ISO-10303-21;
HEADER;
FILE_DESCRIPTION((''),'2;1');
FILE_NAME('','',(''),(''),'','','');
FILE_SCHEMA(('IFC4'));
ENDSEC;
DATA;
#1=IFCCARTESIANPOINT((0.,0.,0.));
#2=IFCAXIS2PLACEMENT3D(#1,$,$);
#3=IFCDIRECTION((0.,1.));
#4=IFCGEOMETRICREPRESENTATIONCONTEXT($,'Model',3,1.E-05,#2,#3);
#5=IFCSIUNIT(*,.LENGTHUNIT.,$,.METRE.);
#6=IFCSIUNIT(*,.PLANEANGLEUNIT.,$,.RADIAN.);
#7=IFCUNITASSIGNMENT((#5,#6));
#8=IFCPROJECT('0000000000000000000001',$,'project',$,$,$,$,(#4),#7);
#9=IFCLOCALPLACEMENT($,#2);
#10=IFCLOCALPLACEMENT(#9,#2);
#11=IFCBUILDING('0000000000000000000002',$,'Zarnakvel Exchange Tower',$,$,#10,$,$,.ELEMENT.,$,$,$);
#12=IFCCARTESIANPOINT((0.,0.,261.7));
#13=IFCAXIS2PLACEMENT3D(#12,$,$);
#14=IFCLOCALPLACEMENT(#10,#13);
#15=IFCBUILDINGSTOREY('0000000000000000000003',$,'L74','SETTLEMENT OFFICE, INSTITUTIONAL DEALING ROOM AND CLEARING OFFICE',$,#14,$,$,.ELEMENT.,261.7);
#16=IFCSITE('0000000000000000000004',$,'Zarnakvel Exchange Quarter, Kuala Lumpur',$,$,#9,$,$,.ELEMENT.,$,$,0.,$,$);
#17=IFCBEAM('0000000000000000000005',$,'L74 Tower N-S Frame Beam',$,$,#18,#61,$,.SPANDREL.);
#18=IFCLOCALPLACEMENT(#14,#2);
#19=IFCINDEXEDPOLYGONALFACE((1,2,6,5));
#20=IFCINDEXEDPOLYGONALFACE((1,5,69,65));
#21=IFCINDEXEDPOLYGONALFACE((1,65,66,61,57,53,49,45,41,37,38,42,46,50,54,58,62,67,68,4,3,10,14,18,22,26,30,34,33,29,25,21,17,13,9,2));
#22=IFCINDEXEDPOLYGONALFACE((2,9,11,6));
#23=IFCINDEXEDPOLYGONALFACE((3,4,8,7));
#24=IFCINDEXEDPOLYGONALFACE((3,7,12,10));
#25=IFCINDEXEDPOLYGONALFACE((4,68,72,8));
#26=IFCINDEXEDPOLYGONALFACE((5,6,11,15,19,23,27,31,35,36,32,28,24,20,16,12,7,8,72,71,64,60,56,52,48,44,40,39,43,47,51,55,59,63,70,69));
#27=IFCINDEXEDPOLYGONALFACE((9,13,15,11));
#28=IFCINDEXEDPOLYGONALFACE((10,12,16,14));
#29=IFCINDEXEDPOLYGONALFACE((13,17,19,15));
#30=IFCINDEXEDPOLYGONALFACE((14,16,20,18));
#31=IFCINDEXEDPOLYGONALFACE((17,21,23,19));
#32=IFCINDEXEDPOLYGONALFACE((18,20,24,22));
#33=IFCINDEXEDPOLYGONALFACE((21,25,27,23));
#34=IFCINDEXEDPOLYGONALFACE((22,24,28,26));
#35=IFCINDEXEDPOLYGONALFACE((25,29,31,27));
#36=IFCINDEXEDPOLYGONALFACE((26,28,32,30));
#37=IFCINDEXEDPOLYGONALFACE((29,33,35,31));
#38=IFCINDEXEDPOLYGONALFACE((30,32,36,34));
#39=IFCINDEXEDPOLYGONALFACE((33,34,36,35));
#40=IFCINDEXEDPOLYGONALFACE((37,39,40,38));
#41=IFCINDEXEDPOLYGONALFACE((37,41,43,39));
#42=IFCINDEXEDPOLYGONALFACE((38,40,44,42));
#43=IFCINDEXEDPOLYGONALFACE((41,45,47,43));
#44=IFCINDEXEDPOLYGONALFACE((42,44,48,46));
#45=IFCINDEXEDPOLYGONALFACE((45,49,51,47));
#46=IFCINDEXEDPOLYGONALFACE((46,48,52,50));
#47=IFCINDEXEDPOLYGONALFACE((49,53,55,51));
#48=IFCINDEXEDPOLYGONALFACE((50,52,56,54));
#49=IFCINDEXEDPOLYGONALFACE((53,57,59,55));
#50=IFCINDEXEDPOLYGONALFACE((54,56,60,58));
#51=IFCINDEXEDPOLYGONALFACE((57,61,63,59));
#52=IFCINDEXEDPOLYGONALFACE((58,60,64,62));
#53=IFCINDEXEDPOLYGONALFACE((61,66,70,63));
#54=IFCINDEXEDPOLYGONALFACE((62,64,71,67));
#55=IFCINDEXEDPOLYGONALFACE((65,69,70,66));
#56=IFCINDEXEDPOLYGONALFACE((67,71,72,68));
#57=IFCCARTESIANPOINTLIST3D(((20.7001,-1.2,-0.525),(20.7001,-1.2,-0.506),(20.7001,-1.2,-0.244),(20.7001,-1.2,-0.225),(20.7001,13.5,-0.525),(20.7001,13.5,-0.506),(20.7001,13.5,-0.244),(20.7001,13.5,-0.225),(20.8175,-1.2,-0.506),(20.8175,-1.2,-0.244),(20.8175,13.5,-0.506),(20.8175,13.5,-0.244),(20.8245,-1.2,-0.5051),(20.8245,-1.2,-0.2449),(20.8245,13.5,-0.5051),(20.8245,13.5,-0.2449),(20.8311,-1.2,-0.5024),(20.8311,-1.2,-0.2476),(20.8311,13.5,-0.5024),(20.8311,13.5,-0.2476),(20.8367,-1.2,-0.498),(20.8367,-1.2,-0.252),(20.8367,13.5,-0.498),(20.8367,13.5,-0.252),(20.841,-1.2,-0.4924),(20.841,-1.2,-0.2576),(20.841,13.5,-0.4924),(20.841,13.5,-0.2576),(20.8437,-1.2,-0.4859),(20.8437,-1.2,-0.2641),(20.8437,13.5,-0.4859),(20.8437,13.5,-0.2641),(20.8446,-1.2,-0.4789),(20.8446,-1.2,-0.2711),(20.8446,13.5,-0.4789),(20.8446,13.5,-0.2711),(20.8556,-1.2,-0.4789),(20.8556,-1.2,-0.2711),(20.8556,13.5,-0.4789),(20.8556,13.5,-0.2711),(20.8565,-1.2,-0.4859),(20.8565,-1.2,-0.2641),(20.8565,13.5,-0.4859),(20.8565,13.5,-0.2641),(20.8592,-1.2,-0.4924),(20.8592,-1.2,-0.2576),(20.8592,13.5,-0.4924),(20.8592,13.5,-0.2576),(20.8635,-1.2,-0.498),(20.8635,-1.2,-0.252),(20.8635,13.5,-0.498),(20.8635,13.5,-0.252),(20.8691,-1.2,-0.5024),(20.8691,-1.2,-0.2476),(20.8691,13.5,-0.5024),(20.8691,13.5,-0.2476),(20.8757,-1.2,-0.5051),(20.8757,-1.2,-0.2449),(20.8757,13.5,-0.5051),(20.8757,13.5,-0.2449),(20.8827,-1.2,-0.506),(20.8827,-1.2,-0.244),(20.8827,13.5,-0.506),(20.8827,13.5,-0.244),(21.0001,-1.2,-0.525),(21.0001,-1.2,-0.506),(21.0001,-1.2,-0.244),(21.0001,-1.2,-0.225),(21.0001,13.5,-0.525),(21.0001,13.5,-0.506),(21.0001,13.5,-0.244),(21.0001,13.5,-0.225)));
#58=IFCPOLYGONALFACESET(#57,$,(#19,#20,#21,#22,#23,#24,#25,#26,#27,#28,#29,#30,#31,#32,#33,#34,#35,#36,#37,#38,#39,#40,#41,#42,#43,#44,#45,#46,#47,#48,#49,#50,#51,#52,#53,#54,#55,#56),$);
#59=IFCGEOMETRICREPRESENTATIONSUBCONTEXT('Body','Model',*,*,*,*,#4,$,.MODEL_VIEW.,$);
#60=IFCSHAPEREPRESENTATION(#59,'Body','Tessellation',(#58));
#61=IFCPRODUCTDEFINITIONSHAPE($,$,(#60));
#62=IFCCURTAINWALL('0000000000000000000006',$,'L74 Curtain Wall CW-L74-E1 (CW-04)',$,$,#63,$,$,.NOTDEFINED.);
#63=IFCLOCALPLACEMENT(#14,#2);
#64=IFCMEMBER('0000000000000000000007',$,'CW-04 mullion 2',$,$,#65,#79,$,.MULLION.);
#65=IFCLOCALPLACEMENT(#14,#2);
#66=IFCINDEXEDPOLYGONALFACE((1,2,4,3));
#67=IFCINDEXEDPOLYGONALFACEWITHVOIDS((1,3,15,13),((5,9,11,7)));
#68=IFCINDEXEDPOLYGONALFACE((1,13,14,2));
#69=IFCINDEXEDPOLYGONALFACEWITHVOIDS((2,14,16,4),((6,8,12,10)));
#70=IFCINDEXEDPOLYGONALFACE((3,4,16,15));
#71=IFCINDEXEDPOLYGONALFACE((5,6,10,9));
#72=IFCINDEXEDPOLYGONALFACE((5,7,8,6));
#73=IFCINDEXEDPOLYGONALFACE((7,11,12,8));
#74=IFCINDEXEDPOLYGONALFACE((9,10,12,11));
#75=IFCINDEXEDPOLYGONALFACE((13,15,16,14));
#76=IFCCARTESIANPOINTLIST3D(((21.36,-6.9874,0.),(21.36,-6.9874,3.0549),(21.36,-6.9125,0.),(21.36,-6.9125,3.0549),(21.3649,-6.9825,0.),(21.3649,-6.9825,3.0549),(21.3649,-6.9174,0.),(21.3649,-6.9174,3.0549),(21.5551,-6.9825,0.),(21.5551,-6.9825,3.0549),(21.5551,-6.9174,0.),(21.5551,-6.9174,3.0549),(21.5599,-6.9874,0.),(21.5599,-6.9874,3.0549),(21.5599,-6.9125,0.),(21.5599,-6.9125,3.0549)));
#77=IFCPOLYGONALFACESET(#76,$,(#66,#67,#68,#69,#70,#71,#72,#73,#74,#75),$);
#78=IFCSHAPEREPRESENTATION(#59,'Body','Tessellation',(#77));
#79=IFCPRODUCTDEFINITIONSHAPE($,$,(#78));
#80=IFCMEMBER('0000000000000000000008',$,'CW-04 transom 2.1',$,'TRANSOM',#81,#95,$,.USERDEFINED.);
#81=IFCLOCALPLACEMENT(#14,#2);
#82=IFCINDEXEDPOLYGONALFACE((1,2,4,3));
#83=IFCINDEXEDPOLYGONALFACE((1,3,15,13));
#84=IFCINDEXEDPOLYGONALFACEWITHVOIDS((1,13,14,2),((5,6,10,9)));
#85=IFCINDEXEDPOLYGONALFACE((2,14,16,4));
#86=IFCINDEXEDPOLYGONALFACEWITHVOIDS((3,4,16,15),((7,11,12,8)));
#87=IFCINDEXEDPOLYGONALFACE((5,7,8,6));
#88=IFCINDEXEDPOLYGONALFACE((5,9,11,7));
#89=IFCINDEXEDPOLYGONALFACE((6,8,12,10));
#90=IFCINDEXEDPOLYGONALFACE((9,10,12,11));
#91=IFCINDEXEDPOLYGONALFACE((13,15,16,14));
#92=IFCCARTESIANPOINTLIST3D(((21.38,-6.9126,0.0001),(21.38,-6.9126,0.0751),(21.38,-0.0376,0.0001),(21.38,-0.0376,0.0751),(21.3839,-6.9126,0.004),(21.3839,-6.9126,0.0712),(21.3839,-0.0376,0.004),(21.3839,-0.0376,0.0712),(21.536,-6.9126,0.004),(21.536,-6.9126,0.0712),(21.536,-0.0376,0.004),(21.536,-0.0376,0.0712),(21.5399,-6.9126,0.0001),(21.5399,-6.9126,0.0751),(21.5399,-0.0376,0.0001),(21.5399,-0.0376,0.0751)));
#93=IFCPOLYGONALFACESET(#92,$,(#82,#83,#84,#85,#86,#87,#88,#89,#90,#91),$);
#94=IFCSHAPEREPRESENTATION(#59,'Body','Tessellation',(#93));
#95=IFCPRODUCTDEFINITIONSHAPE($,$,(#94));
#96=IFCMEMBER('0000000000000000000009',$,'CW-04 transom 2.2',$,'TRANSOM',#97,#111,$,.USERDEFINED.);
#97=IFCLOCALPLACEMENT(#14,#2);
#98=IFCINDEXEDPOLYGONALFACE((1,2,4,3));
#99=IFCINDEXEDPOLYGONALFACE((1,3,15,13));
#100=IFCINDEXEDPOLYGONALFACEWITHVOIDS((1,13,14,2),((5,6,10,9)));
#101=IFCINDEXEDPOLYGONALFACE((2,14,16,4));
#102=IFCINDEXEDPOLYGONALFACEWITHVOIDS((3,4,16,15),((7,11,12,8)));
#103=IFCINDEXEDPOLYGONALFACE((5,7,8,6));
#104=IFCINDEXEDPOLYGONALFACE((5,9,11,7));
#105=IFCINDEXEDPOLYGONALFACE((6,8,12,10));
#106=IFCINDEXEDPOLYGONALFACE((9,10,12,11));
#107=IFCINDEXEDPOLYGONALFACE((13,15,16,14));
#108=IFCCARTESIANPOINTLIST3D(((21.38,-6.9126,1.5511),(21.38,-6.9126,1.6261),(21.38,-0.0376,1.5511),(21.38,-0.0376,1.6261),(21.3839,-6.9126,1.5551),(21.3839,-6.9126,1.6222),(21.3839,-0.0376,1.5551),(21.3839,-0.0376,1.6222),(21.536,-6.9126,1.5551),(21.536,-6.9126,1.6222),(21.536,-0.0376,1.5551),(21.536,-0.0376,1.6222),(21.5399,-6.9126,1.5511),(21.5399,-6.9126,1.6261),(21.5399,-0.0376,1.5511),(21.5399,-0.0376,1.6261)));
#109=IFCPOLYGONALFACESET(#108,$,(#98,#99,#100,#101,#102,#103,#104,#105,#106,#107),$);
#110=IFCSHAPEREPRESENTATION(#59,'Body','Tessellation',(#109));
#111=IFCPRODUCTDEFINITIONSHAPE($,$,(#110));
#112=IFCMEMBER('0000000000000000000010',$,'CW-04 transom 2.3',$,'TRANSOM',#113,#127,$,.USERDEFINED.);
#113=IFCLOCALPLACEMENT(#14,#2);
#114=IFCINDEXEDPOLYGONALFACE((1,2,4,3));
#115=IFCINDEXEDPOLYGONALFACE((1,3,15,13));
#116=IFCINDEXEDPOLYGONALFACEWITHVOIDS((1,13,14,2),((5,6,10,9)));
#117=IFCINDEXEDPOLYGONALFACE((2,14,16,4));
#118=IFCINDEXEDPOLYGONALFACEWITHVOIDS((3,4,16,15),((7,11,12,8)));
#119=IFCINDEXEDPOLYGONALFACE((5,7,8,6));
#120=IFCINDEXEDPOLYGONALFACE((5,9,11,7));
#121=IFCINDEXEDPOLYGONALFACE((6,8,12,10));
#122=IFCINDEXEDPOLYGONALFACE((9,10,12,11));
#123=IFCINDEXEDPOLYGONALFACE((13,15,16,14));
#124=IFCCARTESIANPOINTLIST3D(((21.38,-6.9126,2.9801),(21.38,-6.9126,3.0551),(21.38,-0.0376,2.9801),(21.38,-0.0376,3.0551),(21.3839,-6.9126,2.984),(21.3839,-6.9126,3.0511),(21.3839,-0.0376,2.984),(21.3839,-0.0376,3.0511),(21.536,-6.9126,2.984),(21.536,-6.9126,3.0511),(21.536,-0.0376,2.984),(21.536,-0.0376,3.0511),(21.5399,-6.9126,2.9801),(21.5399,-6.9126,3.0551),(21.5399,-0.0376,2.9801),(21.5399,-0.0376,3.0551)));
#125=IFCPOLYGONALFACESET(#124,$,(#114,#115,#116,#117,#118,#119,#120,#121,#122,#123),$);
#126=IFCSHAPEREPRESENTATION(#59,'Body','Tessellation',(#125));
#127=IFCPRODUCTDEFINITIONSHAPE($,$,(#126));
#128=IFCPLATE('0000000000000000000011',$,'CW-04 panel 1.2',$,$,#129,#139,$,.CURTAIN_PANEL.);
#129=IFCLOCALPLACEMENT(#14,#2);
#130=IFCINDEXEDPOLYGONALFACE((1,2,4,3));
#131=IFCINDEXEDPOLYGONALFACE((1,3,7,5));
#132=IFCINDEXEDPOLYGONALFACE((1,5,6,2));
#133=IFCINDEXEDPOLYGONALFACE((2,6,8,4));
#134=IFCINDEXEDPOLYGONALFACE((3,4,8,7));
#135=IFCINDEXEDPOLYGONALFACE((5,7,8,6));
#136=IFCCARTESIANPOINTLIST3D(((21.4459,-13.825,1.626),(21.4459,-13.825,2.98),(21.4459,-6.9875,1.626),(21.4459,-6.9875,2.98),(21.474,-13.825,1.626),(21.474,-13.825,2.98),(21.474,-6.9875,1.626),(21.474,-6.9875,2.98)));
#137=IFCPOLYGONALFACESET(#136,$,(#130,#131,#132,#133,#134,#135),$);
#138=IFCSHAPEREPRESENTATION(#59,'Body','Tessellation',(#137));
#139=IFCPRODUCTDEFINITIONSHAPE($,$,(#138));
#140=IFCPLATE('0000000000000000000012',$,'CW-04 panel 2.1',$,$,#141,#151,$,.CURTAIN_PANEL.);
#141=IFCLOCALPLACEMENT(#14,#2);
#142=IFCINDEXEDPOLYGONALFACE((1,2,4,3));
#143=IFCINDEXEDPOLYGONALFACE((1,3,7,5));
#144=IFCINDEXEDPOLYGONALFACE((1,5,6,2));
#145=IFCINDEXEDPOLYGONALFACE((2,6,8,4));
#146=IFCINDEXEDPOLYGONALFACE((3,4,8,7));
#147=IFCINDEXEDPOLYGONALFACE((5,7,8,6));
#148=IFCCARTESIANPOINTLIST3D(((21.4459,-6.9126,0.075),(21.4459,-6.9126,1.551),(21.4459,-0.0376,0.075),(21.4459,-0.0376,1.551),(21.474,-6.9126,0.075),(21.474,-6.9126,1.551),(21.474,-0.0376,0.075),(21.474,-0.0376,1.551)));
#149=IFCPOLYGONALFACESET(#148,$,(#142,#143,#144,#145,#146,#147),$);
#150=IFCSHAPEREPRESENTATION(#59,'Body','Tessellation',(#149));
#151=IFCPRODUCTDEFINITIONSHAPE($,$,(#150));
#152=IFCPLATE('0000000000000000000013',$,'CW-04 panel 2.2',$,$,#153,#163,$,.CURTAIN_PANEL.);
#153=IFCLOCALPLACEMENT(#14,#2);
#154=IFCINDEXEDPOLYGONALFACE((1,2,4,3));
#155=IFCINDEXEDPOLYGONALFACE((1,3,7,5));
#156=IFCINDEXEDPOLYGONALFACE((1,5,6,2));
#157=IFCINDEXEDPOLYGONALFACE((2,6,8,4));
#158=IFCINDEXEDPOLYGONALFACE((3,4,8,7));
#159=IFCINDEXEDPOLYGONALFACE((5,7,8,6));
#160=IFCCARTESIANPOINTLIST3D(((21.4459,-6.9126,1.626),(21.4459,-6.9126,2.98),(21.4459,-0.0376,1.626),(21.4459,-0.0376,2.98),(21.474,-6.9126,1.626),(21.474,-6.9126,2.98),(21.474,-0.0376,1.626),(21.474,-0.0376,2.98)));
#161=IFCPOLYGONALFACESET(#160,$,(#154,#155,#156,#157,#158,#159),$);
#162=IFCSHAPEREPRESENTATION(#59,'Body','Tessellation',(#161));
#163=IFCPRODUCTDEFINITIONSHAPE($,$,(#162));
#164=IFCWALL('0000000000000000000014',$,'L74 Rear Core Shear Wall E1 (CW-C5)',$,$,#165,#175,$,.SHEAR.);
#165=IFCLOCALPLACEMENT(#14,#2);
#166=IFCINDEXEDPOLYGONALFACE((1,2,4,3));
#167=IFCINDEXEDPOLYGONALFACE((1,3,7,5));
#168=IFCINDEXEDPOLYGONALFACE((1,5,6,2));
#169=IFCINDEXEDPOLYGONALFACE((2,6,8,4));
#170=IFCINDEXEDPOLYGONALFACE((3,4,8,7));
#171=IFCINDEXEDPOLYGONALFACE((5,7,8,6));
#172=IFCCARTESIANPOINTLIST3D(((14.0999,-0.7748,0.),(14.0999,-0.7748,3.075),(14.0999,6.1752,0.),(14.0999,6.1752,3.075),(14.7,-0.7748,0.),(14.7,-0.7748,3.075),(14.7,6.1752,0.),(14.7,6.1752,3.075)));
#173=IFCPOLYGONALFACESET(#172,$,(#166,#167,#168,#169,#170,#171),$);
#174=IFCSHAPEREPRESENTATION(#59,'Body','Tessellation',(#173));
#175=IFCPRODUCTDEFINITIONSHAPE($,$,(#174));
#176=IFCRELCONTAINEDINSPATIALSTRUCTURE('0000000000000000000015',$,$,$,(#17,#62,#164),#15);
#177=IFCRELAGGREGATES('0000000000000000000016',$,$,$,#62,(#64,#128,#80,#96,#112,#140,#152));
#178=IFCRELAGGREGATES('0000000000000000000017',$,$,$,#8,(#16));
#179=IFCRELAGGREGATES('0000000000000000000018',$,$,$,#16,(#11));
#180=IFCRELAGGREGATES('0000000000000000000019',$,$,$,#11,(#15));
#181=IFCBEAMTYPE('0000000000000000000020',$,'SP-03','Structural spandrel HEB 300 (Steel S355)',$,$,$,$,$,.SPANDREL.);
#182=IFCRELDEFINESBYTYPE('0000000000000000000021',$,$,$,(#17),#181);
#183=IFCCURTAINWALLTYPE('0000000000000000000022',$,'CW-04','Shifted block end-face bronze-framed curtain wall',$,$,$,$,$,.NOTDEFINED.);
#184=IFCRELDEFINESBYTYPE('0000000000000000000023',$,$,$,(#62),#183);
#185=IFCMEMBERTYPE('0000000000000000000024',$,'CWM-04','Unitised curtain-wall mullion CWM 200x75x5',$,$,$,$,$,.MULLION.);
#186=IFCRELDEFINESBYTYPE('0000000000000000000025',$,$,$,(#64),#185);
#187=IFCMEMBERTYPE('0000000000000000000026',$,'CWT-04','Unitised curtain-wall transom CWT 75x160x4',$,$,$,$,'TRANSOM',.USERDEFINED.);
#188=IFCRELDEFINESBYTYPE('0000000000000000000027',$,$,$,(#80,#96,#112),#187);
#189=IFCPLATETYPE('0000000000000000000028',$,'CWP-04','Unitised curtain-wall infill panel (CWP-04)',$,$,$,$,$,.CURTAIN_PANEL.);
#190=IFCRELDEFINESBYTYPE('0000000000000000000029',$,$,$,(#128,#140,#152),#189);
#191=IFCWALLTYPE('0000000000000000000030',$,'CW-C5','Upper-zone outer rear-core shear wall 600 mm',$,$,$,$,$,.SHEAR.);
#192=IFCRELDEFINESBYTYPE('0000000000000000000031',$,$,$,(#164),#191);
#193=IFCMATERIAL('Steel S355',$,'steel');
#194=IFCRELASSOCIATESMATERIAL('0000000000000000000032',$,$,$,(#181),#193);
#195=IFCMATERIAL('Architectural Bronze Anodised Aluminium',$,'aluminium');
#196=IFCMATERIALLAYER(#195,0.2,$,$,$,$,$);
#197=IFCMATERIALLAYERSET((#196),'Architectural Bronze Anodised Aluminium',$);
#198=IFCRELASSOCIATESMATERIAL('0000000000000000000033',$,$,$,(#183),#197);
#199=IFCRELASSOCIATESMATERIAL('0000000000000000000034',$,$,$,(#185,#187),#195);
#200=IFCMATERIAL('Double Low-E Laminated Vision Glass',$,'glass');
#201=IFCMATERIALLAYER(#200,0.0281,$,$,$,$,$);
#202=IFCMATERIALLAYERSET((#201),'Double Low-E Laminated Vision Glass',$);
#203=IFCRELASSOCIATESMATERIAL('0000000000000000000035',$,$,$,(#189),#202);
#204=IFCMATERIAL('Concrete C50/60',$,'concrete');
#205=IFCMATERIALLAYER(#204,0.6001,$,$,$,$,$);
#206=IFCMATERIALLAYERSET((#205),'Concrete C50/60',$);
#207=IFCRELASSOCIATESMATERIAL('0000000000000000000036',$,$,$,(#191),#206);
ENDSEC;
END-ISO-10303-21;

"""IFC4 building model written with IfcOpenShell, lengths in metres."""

from ifc_helpers import new_model, si_unit, direction, frame, frame_2d, origin, origin_2d, place, context, subcontext, project, spatial, rectangle, hollow_rectangle, i_section, extrude, source, transform, mapped, material, layer, layer_set, material_profile, profile_set, type_object, element, aggregate, save


model = new_model("IFC4")

# Units and contexts
model_context = context("Model", 3, precision=1e-05, world=origin(), true_north=direction((0.0, 1.0)))
body_context = subcontext(model_context, "Body", "Model", "MODEL_VIEW")
ifc_project = project(units=[si_unit("LENGTHUNIT", "METRE"), si_unit("PLANEANGLEUNIT", "RADIAN")], contexts=[model_context])

# Site, building, storey
site_placement = place(None, origin())
site = spatial("IfcSite", under=ifc_project, at=site_placement, Name="Zarnakvel Exchange Quarter, Kuala Lumpur", CompositionType="ELEMENT", RefElevation=0.0)
building_placement = place(site_placement, origin())
building = spatial("IfcBuilding", under=site, at=building_placement, Name="Zarnakvel Exchange Tower", CompositionType="ELEMENT")
storey_placement = place(building_placement, frame((0.0, 0.0, 261.7)))
storey = spatial("IfcBuildingStorey", under=building, at=storey_placement, Name="L74", Description="SETTLEMENT OFFICE, INSTITUTIONAL DEALING ROOM AND CLEARING OFFICE", CompositionType="ELEMENT", Elevation=261.7)

# Shared definitions
ifc_material_1 = material(Name="Concrete C50/60", Category="concrete")
ifc_material_2 = material(Name="Steel S355", Category="steel")

# Beam
ifc_material_profile_1 = material_profile(ifc_material_2, i_section(OverallWidth=0.3, OverallDepth=0.3, WebThickness=0.011, FlangeThickness=0.019, FilletRadius=0.0271, at=origin_2d()))
ifc_profile_set_1 = profile_set([ifc_material_profile_1], Name="Steel S355")
beam_type_1 = type_object("IfcBeamType", Name="SP-03", Description="Structural spandrel HEB 300 (Steel S355)", PredefinedType="SPANDREL", material=ifc_profile_set_1)
beam_1_placement = place(storey_placement, frame((20.8501, -1.2, -0.375), z_axis=(0.0, 1.0, 0.0), x_axis=(-1.0, 0.0, 0.0)))
element("IfcBeam", 1, at=beam_1_placement, inside=storey, type_object=beam_type_1, Name="L74 Tower N-S Frame Beam", PredefinedType="SPANDREL", context=body_context, shape_type="SweptSolid", body=[
    extrude(i_section(OverallWidth=0.3, OverallDepth=0.3, WebThickness=0.011, FlangeThickness=0.019, FilletRadius=0.0271, at=origin_2d()), origin(), (0.0, 0.0, 1.0), 14.7),
])

# Curtain wall, members, plates
ifc_material_3 = material(Name="Architectural Bronze Anodised Aluminium", Category="aluminium")
ifc_layer_1 = layer(ifc_material_3, 0.2)
ifc_layer_set_1 = layer_set([ifc_layer_1], Name="Architectural Bronze Anodised Aluminium")
curtain_wall_type = type_object("IfcCurtainWallType", Name="CW-04", Description="Shifted block end-face bronze-framed curtain wall", PredefinedType="NOTDEFINED", material=ifc_layer_set_1)
curtain_wall_placement = place(storey_placement, origin())
curtain_wall = element("IfcCurtainWall", 2, at=curtain_wall_placement, inside=storey, type_object=curtain_wall_type, Name="L74 Curtain Wall CW-L74-E1 (CW-04)", PredefinedType="NOTDEFINED")
ifc_material_profile_2 = material_profile(ifc_material_3, hollow_rectangle(XDim=0.2, YDim=0.075, WallThickness=0.0049, at=origin_2d()))
ifc_profile_set_2 = profile_set([ifc_material_profile_2], Name="Architectural Bronze Anodised Aluminium")
member_type_1 = type_object("IfcMemberType", Name="CWM-04", Description="Unitised curtain-wall mullion CWM 200x75x5", PredefinedType="MULLION", material=ifc_profile_set_2)
shared_shape_1 = source(origin(), body_context, "Body", "SweptSolid", [
    extrude(hollow_rectangle(XDim=0.2, YDim=0.075, WallThickness=0.0049, at=origin_2d()), origin(), (0.0, 0.0, 1.0), 3.0549),
])
member_1_placement = place(storey_placement, frame((21.46, -6.95, 0.0), z_axis=(0.0, 0.0, 1.0), x_axis=(-1.0, 0.0, 0.0)))
member_1 = element("IfcMember", 3, at=member_1_placement, type_object=member_type_1, Name="CW-04 mullion 2", PredefinedType="MULLION", context=body_context, shape_type="MappedRepresentation", body=[
    mapped(shared_shape_1, transform((0.0, 0.0, 0.0), x_axis=(1.0, 0.0, 0.0), y_axis=(0.0, 1.0, 0.0), z_axis=(0.0, 0.0, 1.0), scale=1.0)),
])
ifc_material_profile_3 = material_profile(ifc_material_3, hollow_rectangle(XDim=0.1599, YDim=0.075, WallThickness=0.0039, at=origin_2d()))
ifc_profile_set_3 = profile_set([ifc_material_profile_3], Name="Architectural Bronze Anodised Aluminium")
member_type_2 = type_object("IfcMemberType", Name="CWT-04", Description="Unitised curtain-wall transom CWT 75x160x4", ElementType="TRANSOM", PredefinedType="USERDEFINED", material=ifc_profile_set_3)
shared_shape_2 = source(origin(), body_context, "Body", "SweptSolid", [
    extrude(hollow_rectangle(XDim=0.1599, YDim=0.075, WallThickness=0.0039, at=origin_2d()), origin(), (0.0, 0.0, 1.0), 6.875),
])
member_2_placement = place(storey_placement, frame((21.46, -6.9126, 0.0376), z_axis=(0.0, 1.0, 0.0), x_axis=(-1.0, 0.0, 0.0)))
member_2 = element("IfcMember", 4, at=member_2_placement, type_object=member_type_2, Name="CW-04 transom 2.1", ObjectType="TRANSOM", PredefinedType="USERDEFINED", context=body_context, shape_type="MappedRepresentation", body=[
    mapped(shared_shape_2, transform((0.0, 0.0, 0.0), x_axis=(1.0, 0.0, 0.0), y_axis=(0.0, 1.0, 0.0), z_axis=(0.0, 0.0, 1.0), scale=1.0)),
])
member_3_placement = place(storey_placement, frame((21.46, -6.9126, 1.5886), z_axis=(0.0, 1.0, 0.0), x_axis=(-1.0, 0.0, 0.0)))
member_3 = element("IfcMember", 5, at=member_3_placement, type_object=member_type_2, Name="CW-04 transom 2.2", ObjectType="TRANSOM", PredefinedType="USERDEFINED", context=body_context, shape_type="MappedRepresentation", body=[
    mapped(shared_shape_2, transform((0.0, 0.0, 0.0), x_axis=(1.0, 0.0, 0.0), y_axis=(0.0, 1.0, 0.0), z_axis=(0.0, 0.0, 1.0), scale=1.0)),
])
member_4_placement = place(storey_placement, frame((21.46, -6.9126, 3.0176), z_axis=(0.0, 1.0, 0.0), x_axis=(-1.0, 0.0, 0.0)))
member_4 = element("IfcMember", 6, at=member_4_placement, type_object=member_type_2, Name="CW-04 transom 2.3", ObjectType="TRANSOM", PredefinedType="USERDEFINED", context=body_context, shape_type="MappedRepresentation", body=[
    mapped(shared_shape_2, transform((0.0, 0.0, 0.0), x_axis=(1.0, 0.0, 0.0), y_axis=(0.0, 1.0, 0.0), z_axis=(0.0, 0.0, 1.0), scale=1.0)),
])
ifc_material_4 = material(Name="Double Low-E Laminated Vision Glass", Category="glass")
ifc_layer_2 = layer(ifc_material_4, 0.0281)
ifc_layer_set_2 = layer_set([ifc_layer_2], Name="Double Low-E Laminated Vision Glass")
plate_type = type_object("IfcPlateType", Name="CWP-04", Description="Unitised curtain-wall infill panel (CWP-04)", PredefinedType="CURTAIN_PANEL", material=ifc_layer_set_2)
shared_shape_3 = source(origin(), body_context, "Body", "SweptSolid", [
    extrude(rectangle(XDim=6.8374, YDim=0.0281, at=origin_2d()), origin(), (0.0, 0.0, 1.0), 1.354),
])
plate_1_placement = place(storey_placement, frame((21.46, -10.4062, 1.626), z_axis=(0.0, 0.0, 1.0), x_axis=(0.0, 1.0, 0.0)))
plate_1 = element("IfcPlate", 7, at=plate_1_placement, type_object=plate_type, Name="CW-04 panel 1.2", PredefinedType="CURTAIN_PANEL", context=body_context, shape_type="MappedRepresentation", body=[
    mapped(shared_shape_3, transform((0.0, 0.0, 0.0), x_axis=(1.0, 0.0, 0.0), y_axis=(0.0, 1.0, 0.0), z_axis=(0.0, 0.0, 1.0), scale=1.0)),
])
shared_shape_4 = source(origin(), body_context, "Body", "SweptSolid", [
    extrude(rectangle(XDim=6.875, YDim=0.0281, at=origin_2d()), origin(), (0.0, 0.0, 1.0), 1.4761),
])
plate_2_placement = place(storey_placement, frame((21.46, -3.4751, 0.075), z_axis=(0.0, 0.0, 1.0), x_axis=(0.0, 1.0, 0.0)))
plate_2 = element("IfcPlate", 8, at=plate_2_placement, type_object=plate_type, Name="CW-04 panel 2.1", PredefinedType="CURTAIN_PANEL", context=body_context, shape_type="MappedRepresentation", body=[
    mapped(shared_shape_4, transform((0.0, 0.0, 0.0), x_axis=(1.0, 0.0, 0.0), y_axis=(0.0, 1.0, 0.0), z_axis=(0.0, 0.0, 1.0), scale=1.0)),
])
shared_shape_5 = source(origin(), body_context, "Body", "SweptSolid", [
    extrude(rectangle(XDim=6.875, YDim=0.0281, at=origin_2d()), origin(), (0.0, 0.0, 1.0), 1.354),
])
plate_3_placement = place(storey_placement, frame((21.46, -3.4751, 1.626), z_axis=(0.0, 0.0, 1.0), x_axis=(0.0, 1.0, 0.0)))
plate_3 = element("IfcPlate", 9, at=plate_3_placement, type_object=plate_type, Name="CW-04 panel 2.2", PredefinedType="CURTAIN_PANEL", context=body_context, shape_type="MappedRepresentation", body=[
    mapped(shared_shape_5, transform((0.0, 0.0, 0.0), x_axis=(1.0, 0.0, 0.0), y_axis=(0.0, 1.0, 0.0), z_axis=(0.0, 0.0, 1.0), scale=1.0)),
])
aggregate(curtain_wall, [member_1, plate_1, member_2, member_3, member_4, plate_2, plate_3])

# Wall
ifc_layer_3 = layer(ifc_material_1, 0.6001)
ifc_layer_set_3 = layer_set([ifc_layer_3], Name="Concrete C50/60")
wall_type_1 = type_object("IfcWallType", Name="CW-C5", Description="Upper-zone outer rear-core shear wall 600 mm", PredefinedType="SHEAR", material=ifc_layer_set_3)
wall_1_placement = place(storey_placement, frame((14.3999, -0.7749, 0.0), z_axis=(0.0, 0.0, 1.0), x_axis=(0.0, 1.0, 0.0)))
element("IfcWall", 10, at=wall_1_placement, inside=storey, type_object=wall_type_1, Name="L74 Rear Core Shear Wall E1 (CW-C5)", PredefinedType="SHEAR", context=body_context, shape_type="SweptSolid", body=[
    extrude(rectangle(XDim=6.95, YDim=0.6001, at=frame_2d((3.4751, 0.0))), origin(), (0.0, 0.0, 1.0), 3.075),
])

save(model, "model.ifc")
